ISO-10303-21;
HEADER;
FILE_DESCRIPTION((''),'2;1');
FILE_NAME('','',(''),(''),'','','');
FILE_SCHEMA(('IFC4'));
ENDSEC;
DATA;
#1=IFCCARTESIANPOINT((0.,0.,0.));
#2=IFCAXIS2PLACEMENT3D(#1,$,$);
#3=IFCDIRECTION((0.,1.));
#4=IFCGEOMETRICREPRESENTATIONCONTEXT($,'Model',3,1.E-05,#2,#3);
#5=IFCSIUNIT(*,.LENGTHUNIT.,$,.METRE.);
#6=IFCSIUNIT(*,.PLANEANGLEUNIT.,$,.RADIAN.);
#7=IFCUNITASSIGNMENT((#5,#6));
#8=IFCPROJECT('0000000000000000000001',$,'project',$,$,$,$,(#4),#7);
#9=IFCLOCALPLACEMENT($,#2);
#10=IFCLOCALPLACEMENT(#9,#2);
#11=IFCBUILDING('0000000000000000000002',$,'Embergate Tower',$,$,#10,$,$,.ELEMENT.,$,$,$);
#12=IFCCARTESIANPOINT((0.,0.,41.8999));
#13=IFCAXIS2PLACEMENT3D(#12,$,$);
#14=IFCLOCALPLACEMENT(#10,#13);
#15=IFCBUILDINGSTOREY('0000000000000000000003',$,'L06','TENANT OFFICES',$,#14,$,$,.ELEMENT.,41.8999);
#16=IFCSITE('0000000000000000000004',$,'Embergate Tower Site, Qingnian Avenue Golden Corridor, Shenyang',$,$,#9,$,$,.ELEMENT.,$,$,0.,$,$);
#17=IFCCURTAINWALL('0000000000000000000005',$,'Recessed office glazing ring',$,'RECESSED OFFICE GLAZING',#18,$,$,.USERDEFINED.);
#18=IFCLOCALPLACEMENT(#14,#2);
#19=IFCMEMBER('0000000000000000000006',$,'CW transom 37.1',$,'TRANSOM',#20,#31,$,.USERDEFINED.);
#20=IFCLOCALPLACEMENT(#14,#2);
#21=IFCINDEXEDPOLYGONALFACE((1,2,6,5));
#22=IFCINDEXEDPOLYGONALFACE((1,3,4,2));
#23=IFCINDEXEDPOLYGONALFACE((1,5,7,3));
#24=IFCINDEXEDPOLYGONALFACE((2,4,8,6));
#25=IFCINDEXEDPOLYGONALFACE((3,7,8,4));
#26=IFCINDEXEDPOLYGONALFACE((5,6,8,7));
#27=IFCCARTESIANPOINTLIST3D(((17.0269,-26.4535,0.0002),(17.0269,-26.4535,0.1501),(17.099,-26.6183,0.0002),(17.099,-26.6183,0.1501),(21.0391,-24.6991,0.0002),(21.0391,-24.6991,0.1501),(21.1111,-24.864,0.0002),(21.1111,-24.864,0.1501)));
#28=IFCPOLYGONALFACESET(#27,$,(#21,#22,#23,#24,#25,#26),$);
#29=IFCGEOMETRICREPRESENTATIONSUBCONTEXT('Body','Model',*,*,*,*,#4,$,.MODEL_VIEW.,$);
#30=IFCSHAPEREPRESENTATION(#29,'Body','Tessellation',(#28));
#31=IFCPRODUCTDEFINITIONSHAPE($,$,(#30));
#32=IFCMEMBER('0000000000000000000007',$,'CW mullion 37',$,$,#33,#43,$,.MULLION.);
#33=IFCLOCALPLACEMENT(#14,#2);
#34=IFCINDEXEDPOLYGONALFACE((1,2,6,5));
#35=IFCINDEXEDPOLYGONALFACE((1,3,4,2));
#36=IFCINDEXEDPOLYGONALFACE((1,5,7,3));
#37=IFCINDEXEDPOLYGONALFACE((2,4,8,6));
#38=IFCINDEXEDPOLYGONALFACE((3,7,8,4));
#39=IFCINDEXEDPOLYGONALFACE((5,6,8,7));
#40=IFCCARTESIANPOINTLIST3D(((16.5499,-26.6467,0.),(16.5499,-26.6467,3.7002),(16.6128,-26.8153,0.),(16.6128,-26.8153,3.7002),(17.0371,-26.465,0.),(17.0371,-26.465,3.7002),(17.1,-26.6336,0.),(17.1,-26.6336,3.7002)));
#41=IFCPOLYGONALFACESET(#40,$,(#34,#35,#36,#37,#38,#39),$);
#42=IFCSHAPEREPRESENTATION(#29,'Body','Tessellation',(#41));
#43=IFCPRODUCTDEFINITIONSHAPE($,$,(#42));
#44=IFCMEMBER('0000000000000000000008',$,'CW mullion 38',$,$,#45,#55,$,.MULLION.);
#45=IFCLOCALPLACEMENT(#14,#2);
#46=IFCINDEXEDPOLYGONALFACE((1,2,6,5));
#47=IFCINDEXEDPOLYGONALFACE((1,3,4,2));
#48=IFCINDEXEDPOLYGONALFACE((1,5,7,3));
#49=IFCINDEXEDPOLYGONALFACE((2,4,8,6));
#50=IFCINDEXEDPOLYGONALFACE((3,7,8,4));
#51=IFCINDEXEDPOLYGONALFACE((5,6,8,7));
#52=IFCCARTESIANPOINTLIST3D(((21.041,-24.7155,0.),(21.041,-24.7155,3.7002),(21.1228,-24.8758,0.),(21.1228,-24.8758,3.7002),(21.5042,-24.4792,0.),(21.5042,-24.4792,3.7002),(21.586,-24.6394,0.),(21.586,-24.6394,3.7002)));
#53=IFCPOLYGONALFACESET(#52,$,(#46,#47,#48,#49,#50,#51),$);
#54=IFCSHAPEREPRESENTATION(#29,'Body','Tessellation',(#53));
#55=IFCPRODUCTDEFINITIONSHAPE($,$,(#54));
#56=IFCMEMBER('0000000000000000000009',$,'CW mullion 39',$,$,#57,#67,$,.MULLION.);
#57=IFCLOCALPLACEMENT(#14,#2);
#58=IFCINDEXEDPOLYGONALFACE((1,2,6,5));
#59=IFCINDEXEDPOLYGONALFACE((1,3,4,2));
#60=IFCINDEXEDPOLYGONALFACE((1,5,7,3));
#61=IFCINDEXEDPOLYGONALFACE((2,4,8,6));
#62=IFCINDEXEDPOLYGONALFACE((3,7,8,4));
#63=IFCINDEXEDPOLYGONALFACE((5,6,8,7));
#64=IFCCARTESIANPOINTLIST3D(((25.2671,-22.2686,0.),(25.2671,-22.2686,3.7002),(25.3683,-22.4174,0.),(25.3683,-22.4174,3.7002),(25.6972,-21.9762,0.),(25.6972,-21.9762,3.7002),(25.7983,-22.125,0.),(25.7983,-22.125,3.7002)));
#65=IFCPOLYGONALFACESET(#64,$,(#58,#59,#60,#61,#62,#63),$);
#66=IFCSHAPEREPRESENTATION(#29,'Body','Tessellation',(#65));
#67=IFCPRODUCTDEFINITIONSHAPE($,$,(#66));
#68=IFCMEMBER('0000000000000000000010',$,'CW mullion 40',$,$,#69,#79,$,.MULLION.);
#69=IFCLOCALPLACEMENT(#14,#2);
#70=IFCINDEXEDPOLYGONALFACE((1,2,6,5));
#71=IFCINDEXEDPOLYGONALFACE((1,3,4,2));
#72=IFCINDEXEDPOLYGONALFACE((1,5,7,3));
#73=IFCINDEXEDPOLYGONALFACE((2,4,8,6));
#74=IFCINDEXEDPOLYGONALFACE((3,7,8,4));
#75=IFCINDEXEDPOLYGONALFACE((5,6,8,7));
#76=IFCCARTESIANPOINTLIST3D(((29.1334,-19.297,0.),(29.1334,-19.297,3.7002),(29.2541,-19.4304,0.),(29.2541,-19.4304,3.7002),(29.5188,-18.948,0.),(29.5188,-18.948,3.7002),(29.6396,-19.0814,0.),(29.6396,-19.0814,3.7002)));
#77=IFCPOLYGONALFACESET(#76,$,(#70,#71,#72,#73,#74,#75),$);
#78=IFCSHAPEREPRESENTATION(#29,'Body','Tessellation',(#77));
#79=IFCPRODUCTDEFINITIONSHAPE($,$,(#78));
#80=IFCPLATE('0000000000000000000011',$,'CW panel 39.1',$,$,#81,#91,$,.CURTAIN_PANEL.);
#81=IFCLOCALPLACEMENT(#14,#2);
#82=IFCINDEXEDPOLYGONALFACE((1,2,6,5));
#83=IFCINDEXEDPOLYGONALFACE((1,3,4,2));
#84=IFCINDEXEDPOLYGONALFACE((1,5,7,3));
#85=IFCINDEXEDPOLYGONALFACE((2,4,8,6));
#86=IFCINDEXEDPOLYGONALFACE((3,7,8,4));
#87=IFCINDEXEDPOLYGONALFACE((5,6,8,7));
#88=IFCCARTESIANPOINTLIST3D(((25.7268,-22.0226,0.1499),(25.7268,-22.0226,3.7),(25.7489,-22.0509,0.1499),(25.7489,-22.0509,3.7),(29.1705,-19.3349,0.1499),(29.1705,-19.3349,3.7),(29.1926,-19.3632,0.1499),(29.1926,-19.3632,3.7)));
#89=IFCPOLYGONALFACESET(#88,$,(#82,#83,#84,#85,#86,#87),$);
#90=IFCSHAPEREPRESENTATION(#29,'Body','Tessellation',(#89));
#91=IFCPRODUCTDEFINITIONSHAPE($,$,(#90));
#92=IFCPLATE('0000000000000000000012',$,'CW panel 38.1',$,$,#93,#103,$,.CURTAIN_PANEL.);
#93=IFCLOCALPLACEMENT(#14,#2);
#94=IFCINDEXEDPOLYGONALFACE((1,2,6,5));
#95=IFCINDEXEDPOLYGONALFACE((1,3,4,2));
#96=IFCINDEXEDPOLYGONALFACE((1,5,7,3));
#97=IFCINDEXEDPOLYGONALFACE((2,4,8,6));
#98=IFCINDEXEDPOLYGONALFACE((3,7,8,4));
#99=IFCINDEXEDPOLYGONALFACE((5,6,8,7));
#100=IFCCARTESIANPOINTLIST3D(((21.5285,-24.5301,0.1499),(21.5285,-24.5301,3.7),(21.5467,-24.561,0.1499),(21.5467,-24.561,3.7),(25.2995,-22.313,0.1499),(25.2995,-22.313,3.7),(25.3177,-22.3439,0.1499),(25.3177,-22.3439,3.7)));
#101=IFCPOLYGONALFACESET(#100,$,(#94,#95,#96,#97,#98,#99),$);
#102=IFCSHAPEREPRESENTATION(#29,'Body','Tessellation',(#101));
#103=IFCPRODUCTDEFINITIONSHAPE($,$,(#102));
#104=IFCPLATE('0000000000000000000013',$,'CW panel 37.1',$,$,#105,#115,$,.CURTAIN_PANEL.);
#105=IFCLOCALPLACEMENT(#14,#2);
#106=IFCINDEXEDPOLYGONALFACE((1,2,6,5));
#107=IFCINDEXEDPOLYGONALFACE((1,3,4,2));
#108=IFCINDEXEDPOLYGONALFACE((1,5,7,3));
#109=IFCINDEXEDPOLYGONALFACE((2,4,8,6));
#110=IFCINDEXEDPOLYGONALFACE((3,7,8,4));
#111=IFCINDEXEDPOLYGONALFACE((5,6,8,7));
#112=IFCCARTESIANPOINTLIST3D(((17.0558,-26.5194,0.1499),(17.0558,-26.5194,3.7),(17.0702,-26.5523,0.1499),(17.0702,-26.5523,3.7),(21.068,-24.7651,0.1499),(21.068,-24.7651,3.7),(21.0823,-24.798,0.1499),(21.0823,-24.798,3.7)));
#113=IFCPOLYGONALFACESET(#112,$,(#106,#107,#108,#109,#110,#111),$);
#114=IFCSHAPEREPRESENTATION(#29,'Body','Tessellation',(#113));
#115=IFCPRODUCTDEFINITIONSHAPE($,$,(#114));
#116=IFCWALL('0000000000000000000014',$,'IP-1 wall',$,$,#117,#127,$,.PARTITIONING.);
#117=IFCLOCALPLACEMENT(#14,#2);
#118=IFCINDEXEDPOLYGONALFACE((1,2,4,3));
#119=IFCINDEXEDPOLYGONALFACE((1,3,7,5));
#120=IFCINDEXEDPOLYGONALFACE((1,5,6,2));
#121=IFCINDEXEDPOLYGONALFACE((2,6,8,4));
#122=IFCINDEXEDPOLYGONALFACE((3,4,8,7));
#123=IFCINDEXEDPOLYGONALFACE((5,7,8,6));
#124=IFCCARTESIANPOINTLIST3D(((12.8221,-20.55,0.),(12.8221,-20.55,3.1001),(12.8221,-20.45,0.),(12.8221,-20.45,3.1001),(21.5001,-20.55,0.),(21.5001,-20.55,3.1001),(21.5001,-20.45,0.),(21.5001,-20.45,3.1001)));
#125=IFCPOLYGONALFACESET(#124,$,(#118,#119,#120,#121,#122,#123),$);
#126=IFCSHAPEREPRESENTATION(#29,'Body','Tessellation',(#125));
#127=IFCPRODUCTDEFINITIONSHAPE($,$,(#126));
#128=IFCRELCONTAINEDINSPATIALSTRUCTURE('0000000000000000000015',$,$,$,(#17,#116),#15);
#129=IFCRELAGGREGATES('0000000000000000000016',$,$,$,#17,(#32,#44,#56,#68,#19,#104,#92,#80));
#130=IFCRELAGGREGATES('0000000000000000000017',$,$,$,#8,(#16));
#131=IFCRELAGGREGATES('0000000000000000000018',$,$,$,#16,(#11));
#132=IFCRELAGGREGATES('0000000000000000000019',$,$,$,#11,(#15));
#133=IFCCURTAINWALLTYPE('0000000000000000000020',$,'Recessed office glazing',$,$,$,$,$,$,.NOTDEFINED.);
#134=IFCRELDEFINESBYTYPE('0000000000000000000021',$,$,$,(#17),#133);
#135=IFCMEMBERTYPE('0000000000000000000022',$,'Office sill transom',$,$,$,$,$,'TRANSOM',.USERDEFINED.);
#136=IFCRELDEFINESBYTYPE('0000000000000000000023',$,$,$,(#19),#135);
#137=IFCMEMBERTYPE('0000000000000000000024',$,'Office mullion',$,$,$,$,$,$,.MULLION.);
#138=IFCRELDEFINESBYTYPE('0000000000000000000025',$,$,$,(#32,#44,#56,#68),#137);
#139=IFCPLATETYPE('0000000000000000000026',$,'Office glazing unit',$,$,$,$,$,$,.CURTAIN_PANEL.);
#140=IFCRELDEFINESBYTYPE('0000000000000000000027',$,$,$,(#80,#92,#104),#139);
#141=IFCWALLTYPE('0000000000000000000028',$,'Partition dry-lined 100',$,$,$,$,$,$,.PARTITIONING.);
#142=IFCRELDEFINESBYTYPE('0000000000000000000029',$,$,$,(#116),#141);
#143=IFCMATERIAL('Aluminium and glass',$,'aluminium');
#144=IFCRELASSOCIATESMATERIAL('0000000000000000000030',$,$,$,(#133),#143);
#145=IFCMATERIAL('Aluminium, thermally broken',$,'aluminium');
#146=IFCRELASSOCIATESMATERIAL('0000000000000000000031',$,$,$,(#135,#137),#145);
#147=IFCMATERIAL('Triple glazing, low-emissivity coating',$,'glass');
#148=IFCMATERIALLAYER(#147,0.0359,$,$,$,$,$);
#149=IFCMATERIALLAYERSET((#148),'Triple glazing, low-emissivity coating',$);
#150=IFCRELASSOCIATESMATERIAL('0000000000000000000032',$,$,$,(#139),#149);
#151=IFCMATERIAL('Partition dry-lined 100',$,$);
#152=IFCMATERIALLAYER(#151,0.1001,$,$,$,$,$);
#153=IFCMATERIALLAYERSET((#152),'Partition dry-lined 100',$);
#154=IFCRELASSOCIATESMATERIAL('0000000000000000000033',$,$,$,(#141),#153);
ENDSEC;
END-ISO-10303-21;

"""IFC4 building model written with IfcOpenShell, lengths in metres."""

from ifc_helpers import new_model, si_unit, direction, frame, frame_2d, origin, origin_2d, place, context, subcontext, project, spatial, rectangle, extrude, source, transform, mapped, material, layer, layer_set, material_profile, profile_set, type_object, element, aggregate, save


model = new_model("IFC4")

# Units and contexts
model_context = context("Model", 3, precision=1e-05, world=origin(), true_north=direction((0.0, 1.0)))
body_context = subcontext(model_context, "Body", "Model", "MODEL_VIEW")
ifc_project = project(units=[si_unit("LENGTHUNIT", "METRE"), si_unit("PLANEANGLEUNIT", "RADIAN")], contexts=[model_context])

# Site, building, storey
site_placement = place(None, origin())
site = spatial("IfcSite", under=ifc_project, at=site_placement, Name="Embergate Tower Site, Qingnian Avenue Golden Corridor, Shenyang", CompositionType="ELEMENT", RefElevation=0.0)
building_placement = place(site_placement, origin())
building = spatial("IfcBuilding", under=site, at=building_placement, Name="Embergate Tower", CompositionType="ELEMENT")
storey_placement = place(building_placement, frame((0.0, 0.0, 41.8999)))
storey = spatial("IfcBuildingStorey", under=building, at=storey_placement, Name="L06", Description="TENANT OFFICES", CompositionType="ELEMENT", Elevation=41.8999)

# Curtain wall, members, plates
ifc_material_1 = material(Name="Aluminium and glass", Category="aluminium")
curtain_wall_type = type_object("IfcCurtainWallType", Name="Recessed office glazing", PredefinedType="NOTDEFINED", material=ifc_material_1)
curtain_wall_placement = place(storey_placement, origin())
curtain_wall = element("IfcCurtainWall", 1, at=curtain_wall_placement, inside=storey, type_object=curtain_wall_type, Name="Recessed office glazing ring", ObjectType="RECESSED OFFICE GLAZING", PredefinedType="USERDEFINED")
ifc_material_2 = material(Name="Aluminium, thermally broken", Category="aluminium")
ifc_material_profile_1 = material_profile(ifc_material_2, rectangle(XDim=0.1799, YDim=0.1499, at=origin_2d()), Name="AL 150x180")
ifc_profile_set_1 = profile_set([ifc_material_profile_1], Name="Aluminium, thermally broken")
member_type_1 = type_object("IfcMemberType", Name="Office sill transom", ElementType="TRANSOM", PredefinedType="USERDEFINED", material=ifc_profile_set_1)
shared_shape_1 = source(origin(), body_context, "Body", "SweptSolid", [
    extrude(rectangle(XDim=0.1799, YDim=0.1499, at=origin_2d()), origin(), (0.0, 0.0, 1.0), 4.3789),
])
member_1_placement = place(storey_placement, frame((17.063, -26.5359, 0.0752), z_axis=(0.916237, 0.400637, 0.0), x_axis=(-0.400637, 0.916237, 0.0)))
member_1 = element("IfcMember", 2, at=member_1_placement, type_object=member_type_1, Name="CW transom 37.1", ObjectType="TRANSOM", PredefinedType="USERDEFINED", context=body_context, shape_type="MappedRepresentation", body=[
    mapped(shared_shape_1, transform((0.0, 0.0, 0.0))),
])
ifc_material_profile_2 = material_profile(ifc_material_2, rectangle(XDim=0.1799, YDim=0.52, at=origin_2d()), Name="AL 520x180")
ifc_profile_set_2 = profile_set([ifc_material_profile_2], Name="Aluminium, thermally broken")
member_type_2 = type_object("IfcMemberType", Name="Office mullion", PredefinedType="MULLION", material=ifc_profile_set_2)
shared_shape_2 = source(origin(), body_context, "Body", "SweptSolid", [
    extrude(rectangle(XDim=0.1799, YDim=0.52, at=origin_2d()), origin(), (0.0, 0.0, 1.0), 3.7002),
])
member_2_placement = place(storey_placement, frame((16.825, -26.6401, 0.0), z_axis=(0.0, 0.0, 1.0), x_axis=(-0.349501, 0.936936, 0.0)))
member_2 = element("IfcMember", 3, at=member_2_placement, type_object=member_type_2, Name="CW mullion 37", PredefinedType="MULLION", context=body_context, shape_type="MappedRepresentation", body=[
    mapped(shared_shape_2, transform((0.0, 0.0, 0.0))),
])
member_3_placement = place(storey_placement, frame((21.3135, -24.6775, 0.0), z_axis=(0.0, 0.0, 1.0), x_axis=(-0.45451, 0.890742, 0.0)))
member_3 = element("IfcMember", 4, at=member_3_placement, type_object=member_type_2, Name="CW mullion 38", PredefinedType="MULLION", context=body_context, shape_type="MappedRepresentation", body=[
    mapped(shared_shape_2, transform((0.0, 0.0, 0.0))),
])
member_4_placement = place(storey_placement, frame((25.5327, -22.1968, 0.0), z_axis=(0.0, 0.0, 1.0), x_axis=(-0.562216, 0.82699, 0.0)))
member_4 = element("IfcMember", 5, at=member_4_placement, type_object=member_type_2, Name="CW mullion 39", PredefinedType="MULLION", context=body_context, shape_type="MappedRepresentation", body=[
    mapped(shared_shape_2, transform((0.0, 0.0, 0.0))),
])
member_5_placement = place(storey_placement, frame((29.3865, -19.1892, 0.0), z_axis=(0.0, 0.0, 1.0), x_axis=(-0.671227, 0.741252, 0.0)))
member_5 = element("IfcMember", 6, at=member_5_placement, type_object=member_type_2, Name="CW mullion 40", PredefinedType="MULLION", context=body_context, shape_type="MappedRepresentation", body=[
    mapped(shared_shape_2, transform((0.0, 0.0, 0.0))),
])
ifc_material_3 = material(Name="Triple glazing, low-emissivity coating", Category="glass")
ifc_layer_1 = layer(ifc_material_3, 0.0359)
ifc_layer_set_1 = layer_set([ifc_layer_1], Name="Triple glazing, low-emissivity coating")
plate_type = type_object("IfcPlateType", Name="Office glazing unit", PredefinedType="CURTAIN_PANEL", material=ifc_layer_set_1)
shared_shape_3 = source(origin(), body_context, "Body", "SweptSolid", [
    extrude(rectangle(XDim=4.3684, YDim=0.0359, at=origin_2d()), origin(), (0.0, 0.0, 1.0), 3.55),
])
plate_1_placement = place(storey_placement, frame((27.4597, -20.6929, 0.1499), z_axis=(0.0, 0.0, 1.0), x_axis=(0.788322, 0.615263, 0.0)))
plate_1 = element("IfcPlate", 7, at=plate_1_placement, type_object=plate_type, Name="CW panel 39.1", PredefinedType="CURTAIN_PANEL", context=body_context, shape_type="MappedRepresentation", body=[
    mapped(shared_shape_3, transform((0.0, 0.0, 0.0))),
])
shared_shape_4 = source(origin(), body_context, "Body", "SweptSolid", [
    extrude(rectangle(XDim=4.3745, YDim=0.0359, at=origin_2d()), origin(), (0.0, 0.0, 1.0), 3.55),
])
plate_2_placement = place(storey_placement, frame((23.4231, -23.437, 0.1499), z_axis=(0.0, 0.0, 1.0), x_axis=(0.862054, 0.506816, 0.0)))
plate_2 = element("IfcPlate", 8, at=plate_2_placement, type_object=plate_type, Name="CW panel 38.1", PredefinedType="CURTAIN_PANEL", context=body_context, shape_type="MappedRepresentation", body=[
    mapped(shared_shape_4, transform((0.0, 0.0, 0.0))),
])
shared_shape_5 = source(origin(), body_context, "Body", "SweptSolid", [
    extrude(rectangle(XDim=4.3789, YDim=0.0359, at=origin_2d()), origin(), (0.0, 0.0, 1.0), 3.55),
])
plate_3_placement = place(storey_placement, frame((19.0691, -25.6587, 0.1499), z_axis=(0.0, 0.0, 1.0), x_axis=(0.916237, 0.400637, 0.0)))
plate_3 = element("IfcPlate", 9, at=plate_3_placement, type_object=plate_type, Name="CW panel 37.1", PredefinedType="CURTAIN_PANEL", context=body_context, shape_type="MappedRepresentation", body=[
    mapped(shared_shape_5, transform((0.0, 0.0, 0.0))),
])
aggregate(curtain_wall, [member_2, member_3, member_4, member_5, member_1, plate_3, plate_2, plate_1])

# Wall
ifc_material_4 = material(Name="Partition dry-lined 100")
ifc_layer_2 = layer(ifc_material_4, 0.1001)
ifc_layer_set_2 = layer_set([ifc_layer_2], Name="Partition dry-lined 100")
wall_type = type_object("IfcWallType", Name="Partition dry-lined 100", PredefinedType="PARTITIONING", material=ifc_layer_set_2)
shared_shape_6 = source(origin(), body_context, "Body", "SweptSolid", [
    extrude(rectangle(XDim=8.678, YDim=0.1001, at=frame_2d((4.3389, 0.0))), origin(), (0.0, 0.0, 1.0), 3.1001),
])
wall_placement = place(storey_placement, frame((21.5, -20.5, 0.0), z_axis=(0.0, 0.0, 1.0), x_axis=(-1.0, 0.0, 0.0)))
element("IfcWall", 10, at=wall_placement, inside=storey, type_object=wall_type, Name="IP-1 wall", PredefinedType="PARTITIONING", context=body_context, shape_type="MappedRepresentation", body=[
    mapped(shared_shape_6, transform((0.0, 0.0, 0.0))),
])

save(model, "model.ifc")
